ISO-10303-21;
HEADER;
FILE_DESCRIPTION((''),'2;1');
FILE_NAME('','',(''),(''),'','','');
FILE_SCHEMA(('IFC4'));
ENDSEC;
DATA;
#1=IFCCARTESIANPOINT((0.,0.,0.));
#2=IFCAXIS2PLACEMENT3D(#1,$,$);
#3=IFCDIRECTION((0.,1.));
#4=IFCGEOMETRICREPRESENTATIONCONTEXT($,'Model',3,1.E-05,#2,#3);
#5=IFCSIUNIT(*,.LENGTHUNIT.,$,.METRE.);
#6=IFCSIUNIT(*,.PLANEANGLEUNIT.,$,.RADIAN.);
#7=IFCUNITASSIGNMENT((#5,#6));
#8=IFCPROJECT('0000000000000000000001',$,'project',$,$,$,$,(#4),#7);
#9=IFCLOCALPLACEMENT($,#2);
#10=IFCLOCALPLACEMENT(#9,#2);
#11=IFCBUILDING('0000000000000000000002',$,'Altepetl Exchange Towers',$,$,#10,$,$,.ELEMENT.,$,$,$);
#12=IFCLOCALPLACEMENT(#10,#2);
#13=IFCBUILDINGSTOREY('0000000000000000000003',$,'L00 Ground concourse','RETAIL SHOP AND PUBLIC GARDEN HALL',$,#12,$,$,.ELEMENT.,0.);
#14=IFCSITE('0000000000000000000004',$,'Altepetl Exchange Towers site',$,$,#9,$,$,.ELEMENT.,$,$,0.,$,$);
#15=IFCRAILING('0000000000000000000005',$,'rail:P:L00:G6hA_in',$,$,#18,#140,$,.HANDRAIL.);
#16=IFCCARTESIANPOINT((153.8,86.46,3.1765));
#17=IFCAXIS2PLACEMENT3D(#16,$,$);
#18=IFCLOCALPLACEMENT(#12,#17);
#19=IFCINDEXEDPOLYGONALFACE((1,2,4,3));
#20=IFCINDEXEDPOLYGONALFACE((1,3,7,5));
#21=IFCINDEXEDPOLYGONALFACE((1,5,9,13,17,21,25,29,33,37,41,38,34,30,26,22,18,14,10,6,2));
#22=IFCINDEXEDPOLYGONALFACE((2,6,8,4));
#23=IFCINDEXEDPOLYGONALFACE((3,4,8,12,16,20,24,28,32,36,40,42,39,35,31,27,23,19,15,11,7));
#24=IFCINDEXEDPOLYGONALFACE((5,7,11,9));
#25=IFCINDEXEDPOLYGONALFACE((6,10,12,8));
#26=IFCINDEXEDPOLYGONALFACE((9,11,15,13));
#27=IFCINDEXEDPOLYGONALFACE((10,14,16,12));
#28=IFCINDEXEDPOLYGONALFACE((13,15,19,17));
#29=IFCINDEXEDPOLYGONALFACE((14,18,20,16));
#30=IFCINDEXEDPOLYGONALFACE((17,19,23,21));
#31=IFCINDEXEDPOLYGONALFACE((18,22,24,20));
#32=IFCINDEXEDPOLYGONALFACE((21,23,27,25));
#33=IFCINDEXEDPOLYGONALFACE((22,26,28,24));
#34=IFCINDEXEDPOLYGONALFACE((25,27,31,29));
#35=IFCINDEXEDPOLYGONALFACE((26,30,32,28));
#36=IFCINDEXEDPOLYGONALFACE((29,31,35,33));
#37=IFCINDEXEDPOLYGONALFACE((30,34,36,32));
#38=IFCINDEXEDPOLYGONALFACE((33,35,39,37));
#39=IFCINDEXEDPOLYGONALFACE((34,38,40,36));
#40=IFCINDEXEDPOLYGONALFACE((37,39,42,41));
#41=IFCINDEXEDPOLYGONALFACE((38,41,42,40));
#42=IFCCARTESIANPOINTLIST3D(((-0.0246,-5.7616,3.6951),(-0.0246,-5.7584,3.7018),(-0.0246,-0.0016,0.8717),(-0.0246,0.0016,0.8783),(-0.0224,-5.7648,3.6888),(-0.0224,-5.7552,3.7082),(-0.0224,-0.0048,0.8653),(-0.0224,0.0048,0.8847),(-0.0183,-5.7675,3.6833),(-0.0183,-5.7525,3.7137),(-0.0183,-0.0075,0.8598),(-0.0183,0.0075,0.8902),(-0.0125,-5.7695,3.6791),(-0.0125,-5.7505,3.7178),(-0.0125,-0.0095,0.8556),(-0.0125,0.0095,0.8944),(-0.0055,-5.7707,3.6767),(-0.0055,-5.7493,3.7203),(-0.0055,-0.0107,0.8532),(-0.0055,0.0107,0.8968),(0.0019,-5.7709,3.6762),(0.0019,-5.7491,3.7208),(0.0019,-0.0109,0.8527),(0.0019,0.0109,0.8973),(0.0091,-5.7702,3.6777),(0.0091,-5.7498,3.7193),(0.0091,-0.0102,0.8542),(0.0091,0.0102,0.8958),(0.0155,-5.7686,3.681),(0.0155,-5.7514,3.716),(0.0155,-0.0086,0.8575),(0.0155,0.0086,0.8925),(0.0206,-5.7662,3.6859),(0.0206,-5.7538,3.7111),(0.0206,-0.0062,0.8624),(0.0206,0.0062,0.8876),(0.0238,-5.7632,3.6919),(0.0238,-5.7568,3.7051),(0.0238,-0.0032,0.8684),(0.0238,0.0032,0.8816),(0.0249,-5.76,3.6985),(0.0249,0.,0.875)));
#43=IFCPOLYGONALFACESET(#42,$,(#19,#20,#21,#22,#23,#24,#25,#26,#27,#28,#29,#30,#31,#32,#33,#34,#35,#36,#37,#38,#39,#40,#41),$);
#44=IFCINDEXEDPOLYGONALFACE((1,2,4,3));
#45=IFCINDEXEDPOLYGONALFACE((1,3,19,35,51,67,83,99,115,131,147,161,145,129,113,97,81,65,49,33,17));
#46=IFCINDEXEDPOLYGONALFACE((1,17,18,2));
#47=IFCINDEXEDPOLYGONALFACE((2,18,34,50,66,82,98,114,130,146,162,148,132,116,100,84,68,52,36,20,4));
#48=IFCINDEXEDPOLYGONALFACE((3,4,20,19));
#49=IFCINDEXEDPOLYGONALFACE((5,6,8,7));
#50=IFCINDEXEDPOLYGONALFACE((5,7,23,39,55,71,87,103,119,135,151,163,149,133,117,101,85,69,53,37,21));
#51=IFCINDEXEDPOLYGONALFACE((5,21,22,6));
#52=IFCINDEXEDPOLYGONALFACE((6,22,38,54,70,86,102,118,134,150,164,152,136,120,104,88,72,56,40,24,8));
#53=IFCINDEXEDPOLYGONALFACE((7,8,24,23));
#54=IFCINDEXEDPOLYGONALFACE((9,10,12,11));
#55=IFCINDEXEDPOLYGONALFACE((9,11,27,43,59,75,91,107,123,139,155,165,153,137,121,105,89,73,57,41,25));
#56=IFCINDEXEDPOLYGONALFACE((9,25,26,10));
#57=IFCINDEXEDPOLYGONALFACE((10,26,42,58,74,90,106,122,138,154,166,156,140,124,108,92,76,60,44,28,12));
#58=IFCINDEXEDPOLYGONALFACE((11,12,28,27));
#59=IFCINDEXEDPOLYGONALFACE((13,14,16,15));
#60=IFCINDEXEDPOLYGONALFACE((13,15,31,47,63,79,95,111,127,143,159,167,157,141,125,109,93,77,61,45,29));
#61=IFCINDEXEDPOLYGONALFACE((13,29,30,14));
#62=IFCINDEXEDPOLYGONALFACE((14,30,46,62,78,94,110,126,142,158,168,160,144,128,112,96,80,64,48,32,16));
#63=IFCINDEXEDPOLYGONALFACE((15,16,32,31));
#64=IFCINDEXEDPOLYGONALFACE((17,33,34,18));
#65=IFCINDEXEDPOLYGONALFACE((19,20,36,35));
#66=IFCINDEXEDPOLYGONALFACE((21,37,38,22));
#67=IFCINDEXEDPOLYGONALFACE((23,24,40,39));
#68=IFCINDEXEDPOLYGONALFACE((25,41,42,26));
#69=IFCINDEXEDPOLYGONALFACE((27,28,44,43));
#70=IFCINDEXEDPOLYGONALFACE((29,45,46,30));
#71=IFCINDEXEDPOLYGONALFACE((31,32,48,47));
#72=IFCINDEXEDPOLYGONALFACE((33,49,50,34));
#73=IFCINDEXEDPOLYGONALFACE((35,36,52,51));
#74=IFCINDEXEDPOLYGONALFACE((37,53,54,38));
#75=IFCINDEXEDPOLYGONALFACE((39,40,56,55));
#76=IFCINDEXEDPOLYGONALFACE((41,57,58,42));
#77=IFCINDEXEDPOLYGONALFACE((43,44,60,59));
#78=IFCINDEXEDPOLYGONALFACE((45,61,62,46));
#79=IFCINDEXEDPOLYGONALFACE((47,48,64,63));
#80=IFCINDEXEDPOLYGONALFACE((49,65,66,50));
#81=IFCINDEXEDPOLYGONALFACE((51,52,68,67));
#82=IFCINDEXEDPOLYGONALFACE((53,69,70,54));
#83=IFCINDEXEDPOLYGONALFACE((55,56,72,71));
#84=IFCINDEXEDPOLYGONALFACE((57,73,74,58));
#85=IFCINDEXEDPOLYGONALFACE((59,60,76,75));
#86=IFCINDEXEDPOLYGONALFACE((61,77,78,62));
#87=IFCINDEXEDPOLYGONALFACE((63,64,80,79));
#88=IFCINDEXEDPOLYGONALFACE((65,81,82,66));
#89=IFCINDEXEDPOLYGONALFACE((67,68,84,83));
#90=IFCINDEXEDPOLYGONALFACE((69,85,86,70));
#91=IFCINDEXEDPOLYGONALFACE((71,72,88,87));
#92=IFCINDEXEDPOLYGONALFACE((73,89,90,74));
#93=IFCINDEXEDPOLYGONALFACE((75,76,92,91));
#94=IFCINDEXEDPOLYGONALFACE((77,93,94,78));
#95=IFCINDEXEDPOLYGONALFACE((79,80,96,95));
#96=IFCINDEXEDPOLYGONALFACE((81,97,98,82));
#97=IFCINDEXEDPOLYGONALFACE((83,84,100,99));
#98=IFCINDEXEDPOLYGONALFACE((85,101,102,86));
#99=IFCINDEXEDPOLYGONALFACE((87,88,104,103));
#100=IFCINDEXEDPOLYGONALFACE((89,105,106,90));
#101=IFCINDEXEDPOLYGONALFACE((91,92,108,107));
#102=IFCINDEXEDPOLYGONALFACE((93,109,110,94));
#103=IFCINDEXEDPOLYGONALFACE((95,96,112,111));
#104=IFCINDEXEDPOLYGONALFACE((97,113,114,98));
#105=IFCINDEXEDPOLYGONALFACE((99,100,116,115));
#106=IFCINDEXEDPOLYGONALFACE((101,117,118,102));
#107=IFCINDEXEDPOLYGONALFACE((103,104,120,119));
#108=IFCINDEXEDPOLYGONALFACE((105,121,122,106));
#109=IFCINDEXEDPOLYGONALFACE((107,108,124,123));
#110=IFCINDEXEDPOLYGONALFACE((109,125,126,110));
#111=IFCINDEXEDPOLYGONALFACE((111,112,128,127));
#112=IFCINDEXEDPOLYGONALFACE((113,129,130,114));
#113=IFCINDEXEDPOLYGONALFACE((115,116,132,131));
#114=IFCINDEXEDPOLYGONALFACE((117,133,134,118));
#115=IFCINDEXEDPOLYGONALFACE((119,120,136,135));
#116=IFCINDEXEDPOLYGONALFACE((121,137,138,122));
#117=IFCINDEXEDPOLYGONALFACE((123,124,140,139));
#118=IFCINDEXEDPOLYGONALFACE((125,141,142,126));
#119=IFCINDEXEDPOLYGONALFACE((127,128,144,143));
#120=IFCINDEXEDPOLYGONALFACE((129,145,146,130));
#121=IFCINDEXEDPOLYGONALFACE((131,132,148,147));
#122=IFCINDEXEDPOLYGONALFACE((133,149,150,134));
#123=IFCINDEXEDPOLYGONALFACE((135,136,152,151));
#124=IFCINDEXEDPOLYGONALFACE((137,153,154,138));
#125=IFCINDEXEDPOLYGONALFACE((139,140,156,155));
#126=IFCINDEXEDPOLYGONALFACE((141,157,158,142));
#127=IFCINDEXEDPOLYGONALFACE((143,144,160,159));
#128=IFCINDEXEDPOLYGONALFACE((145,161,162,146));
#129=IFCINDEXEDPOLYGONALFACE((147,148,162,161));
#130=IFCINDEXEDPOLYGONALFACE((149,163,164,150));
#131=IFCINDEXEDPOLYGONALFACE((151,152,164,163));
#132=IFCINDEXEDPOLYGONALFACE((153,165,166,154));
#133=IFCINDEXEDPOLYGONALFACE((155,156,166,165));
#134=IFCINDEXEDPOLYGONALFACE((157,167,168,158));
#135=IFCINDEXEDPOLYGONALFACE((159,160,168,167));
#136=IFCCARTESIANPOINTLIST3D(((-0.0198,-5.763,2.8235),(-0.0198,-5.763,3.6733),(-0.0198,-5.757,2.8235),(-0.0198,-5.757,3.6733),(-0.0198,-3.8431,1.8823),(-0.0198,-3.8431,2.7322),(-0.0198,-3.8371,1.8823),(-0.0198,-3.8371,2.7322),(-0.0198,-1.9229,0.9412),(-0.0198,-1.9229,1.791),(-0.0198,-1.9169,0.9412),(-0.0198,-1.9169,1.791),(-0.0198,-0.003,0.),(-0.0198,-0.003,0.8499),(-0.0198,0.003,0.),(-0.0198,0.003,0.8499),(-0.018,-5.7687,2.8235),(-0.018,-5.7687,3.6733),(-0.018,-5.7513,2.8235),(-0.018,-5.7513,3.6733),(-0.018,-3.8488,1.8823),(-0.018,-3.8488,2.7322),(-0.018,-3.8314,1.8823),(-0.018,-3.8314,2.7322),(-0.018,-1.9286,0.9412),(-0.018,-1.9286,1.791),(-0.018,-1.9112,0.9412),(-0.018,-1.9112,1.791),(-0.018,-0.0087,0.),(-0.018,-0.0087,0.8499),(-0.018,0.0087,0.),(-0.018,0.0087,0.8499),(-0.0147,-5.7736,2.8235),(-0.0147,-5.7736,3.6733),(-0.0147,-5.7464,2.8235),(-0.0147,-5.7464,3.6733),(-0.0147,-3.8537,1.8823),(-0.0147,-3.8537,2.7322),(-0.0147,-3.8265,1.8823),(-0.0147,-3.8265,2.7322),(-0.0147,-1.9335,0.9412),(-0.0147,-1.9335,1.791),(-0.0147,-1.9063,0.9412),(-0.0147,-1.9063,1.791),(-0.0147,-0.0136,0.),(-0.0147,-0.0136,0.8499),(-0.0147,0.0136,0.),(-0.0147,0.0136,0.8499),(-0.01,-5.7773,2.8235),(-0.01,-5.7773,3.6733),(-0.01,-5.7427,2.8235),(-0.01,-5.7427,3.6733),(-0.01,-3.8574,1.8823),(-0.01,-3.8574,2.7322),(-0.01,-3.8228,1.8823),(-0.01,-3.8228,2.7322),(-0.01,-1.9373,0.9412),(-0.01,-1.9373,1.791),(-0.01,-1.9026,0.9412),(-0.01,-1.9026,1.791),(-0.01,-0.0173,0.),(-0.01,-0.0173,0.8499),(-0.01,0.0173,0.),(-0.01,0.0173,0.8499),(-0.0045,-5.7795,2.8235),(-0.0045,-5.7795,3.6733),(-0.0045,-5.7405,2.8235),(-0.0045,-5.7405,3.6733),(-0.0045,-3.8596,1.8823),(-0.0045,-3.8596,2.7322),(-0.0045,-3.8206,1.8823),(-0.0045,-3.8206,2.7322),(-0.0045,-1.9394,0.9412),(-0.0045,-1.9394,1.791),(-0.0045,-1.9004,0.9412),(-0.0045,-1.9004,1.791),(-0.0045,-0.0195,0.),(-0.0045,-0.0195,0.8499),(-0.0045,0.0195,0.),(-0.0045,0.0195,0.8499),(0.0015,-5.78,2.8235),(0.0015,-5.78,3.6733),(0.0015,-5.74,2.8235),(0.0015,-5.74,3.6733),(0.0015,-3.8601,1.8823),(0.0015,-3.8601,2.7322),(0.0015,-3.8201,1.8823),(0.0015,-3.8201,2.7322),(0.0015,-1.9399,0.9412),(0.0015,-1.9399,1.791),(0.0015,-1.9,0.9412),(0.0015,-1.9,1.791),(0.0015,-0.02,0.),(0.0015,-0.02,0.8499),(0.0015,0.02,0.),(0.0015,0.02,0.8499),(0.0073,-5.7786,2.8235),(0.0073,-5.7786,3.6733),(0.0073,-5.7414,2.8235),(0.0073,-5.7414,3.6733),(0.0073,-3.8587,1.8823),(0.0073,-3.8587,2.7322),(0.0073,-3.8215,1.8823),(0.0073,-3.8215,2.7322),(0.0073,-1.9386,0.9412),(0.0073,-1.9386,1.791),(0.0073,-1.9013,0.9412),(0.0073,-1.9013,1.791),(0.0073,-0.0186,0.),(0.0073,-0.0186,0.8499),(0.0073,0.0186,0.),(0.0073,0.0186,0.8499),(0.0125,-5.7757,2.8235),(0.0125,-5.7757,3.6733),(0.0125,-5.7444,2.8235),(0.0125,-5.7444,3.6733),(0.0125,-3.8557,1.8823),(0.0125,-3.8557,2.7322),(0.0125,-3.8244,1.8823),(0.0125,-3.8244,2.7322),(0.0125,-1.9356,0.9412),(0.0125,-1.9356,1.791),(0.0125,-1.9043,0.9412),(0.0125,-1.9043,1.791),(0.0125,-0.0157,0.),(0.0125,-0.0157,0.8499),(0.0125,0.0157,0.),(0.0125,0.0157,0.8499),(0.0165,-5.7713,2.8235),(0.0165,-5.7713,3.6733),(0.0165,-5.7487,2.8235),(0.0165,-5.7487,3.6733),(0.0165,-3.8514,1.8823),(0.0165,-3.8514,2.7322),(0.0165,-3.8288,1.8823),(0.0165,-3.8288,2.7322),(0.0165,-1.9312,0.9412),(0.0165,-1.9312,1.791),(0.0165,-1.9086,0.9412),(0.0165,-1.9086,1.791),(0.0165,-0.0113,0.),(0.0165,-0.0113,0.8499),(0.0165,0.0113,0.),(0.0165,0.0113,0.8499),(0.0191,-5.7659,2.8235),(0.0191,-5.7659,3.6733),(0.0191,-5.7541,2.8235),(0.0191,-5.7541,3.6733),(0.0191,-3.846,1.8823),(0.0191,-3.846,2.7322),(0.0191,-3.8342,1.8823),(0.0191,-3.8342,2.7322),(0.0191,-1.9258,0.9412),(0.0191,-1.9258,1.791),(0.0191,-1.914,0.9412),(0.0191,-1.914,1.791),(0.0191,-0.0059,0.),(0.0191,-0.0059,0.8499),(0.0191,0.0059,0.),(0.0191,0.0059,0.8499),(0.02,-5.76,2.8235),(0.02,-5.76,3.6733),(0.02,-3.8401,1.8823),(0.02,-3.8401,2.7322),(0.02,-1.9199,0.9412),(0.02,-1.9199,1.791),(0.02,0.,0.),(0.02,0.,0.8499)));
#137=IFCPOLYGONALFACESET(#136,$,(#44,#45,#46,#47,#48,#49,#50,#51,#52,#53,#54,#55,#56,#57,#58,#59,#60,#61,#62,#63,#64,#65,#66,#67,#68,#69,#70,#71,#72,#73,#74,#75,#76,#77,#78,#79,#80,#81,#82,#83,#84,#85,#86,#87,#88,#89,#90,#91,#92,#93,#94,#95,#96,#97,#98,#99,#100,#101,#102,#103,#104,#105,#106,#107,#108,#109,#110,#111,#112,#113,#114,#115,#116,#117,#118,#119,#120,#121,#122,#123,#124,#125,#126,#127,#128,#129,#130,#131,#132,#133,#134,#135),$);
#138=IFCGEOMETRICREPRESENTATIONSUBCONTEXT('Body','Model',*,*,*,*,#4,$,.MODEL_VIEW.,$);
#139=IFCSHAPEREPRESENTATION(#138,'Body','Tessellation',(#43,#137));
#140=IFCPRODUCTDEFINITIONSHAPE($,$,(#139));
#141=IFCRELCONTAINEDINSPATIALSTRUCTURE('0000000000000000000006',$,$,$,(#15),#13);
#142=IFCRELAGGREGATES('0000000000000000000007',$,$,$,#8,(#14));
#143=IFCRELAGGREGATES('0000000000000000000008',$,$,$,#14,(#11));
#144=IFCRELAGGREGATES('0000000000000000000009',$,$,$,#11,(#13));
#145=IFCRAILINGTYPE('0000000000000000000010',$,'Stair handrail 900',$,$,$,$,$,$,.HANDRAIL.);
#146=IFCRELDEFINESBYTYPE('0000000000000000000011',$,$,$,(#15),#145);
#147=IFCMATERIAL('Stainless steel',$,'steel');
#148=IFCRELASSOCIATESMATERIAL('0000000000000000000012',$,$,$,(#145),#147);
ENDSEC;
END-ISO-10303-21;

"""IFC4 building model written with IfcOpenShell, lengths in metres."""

from ifc_helpers import new_model, si_unit, direction, frame, origin, origin_2d, place, context, subcontext, project, spatial, circle, extrude, source, transform, mapped, material, type_object, element, save


model = new_model("IFC4")

# Units and contexts
model_context = context("Model", 3, precision=1e-05, world=origin(), true_north=direction((0.0, 1.0)))
body_context = subcontext(model_context, "Body", "Model", "MODEL_VIEW")
ifc_project = project(units=[si_unit("LENGTHUNIT", "METRE"), si_unit("PLANEANGLEUNIT", "RADIAN")], contexts=[model_context])

# Site, building, storey
site_placement = place(None, origin())
site = spatial("IfcSite", under=ifc_project, at=site_placement, Name="Altepetl Exchange Towers site", CompositionType="ELEMENT", RefElevation=0.0)
building_placement = place(site_placement, origin())
building = spatial("IfcBuilding", under=site, at=building_placement, Name="Altepetl Exchange Towers", CompositionType="ELEMENT")
storey_placement = place(building_placement, origin())
storey = spatial("IfcBuildingStorey", under=building, at=storey_placement, Name="L00 Ground concourse", Description="RETAIL SHOP AND PUBLIC GARDEN HALL", CompositionType="ELEMENT", Elevation=0.0)

# Railing
ifc_material_1 = material(Name="Stainless steel", Category="steel")
railing_type_1 = type_object("IfcRailingType", Name="Stair handrail 900", PredefinedType="HANDRAIL", material=ifc_material_1)
shared_shape_1 = source(origin(), body_context, "Body", "SweptSolid", [
    extrude(circle(Radius=0.02, at=origin_2d()), origin(), (0.0, 0.0, 1.0), 0.8499),
])
for number, where, name in (
    (1, (153.8, 86.46, 3.1765), "rail:P:L00:G6hA_in"),
):
    element("IfcRailing", number, at=place(storey_placement, frame(where)), inside=storey, type_object=railing_type_1, Name=name, PredefinedType="HANDRAIL", context=body_context, shape_type="SweptSolid", body=[
        extrude(circle(Radius=0.0249, at=origin_2d()), frame((0.0, 0.0, 0.875), z_axis=(0.0, -0.897924, 0.440151), x_axis=(1.0, 0.0, 0.0)), (0.0, 0.0, 1.0), 6.4148),
        mapped(shared_shape_1, transform((0.0, 0.0, 0.0))),
        mapped(shared_shape_1, transform((0.0, -1.9199, 0.9412))),
        mapped(shared_shape_1, transform((0.0, -3.8401, 1.8823))),
        mapped(shared_shape_1, transform((0.0, -5.76, 2.8235))),
    ])

save(model, "model.ifc")
